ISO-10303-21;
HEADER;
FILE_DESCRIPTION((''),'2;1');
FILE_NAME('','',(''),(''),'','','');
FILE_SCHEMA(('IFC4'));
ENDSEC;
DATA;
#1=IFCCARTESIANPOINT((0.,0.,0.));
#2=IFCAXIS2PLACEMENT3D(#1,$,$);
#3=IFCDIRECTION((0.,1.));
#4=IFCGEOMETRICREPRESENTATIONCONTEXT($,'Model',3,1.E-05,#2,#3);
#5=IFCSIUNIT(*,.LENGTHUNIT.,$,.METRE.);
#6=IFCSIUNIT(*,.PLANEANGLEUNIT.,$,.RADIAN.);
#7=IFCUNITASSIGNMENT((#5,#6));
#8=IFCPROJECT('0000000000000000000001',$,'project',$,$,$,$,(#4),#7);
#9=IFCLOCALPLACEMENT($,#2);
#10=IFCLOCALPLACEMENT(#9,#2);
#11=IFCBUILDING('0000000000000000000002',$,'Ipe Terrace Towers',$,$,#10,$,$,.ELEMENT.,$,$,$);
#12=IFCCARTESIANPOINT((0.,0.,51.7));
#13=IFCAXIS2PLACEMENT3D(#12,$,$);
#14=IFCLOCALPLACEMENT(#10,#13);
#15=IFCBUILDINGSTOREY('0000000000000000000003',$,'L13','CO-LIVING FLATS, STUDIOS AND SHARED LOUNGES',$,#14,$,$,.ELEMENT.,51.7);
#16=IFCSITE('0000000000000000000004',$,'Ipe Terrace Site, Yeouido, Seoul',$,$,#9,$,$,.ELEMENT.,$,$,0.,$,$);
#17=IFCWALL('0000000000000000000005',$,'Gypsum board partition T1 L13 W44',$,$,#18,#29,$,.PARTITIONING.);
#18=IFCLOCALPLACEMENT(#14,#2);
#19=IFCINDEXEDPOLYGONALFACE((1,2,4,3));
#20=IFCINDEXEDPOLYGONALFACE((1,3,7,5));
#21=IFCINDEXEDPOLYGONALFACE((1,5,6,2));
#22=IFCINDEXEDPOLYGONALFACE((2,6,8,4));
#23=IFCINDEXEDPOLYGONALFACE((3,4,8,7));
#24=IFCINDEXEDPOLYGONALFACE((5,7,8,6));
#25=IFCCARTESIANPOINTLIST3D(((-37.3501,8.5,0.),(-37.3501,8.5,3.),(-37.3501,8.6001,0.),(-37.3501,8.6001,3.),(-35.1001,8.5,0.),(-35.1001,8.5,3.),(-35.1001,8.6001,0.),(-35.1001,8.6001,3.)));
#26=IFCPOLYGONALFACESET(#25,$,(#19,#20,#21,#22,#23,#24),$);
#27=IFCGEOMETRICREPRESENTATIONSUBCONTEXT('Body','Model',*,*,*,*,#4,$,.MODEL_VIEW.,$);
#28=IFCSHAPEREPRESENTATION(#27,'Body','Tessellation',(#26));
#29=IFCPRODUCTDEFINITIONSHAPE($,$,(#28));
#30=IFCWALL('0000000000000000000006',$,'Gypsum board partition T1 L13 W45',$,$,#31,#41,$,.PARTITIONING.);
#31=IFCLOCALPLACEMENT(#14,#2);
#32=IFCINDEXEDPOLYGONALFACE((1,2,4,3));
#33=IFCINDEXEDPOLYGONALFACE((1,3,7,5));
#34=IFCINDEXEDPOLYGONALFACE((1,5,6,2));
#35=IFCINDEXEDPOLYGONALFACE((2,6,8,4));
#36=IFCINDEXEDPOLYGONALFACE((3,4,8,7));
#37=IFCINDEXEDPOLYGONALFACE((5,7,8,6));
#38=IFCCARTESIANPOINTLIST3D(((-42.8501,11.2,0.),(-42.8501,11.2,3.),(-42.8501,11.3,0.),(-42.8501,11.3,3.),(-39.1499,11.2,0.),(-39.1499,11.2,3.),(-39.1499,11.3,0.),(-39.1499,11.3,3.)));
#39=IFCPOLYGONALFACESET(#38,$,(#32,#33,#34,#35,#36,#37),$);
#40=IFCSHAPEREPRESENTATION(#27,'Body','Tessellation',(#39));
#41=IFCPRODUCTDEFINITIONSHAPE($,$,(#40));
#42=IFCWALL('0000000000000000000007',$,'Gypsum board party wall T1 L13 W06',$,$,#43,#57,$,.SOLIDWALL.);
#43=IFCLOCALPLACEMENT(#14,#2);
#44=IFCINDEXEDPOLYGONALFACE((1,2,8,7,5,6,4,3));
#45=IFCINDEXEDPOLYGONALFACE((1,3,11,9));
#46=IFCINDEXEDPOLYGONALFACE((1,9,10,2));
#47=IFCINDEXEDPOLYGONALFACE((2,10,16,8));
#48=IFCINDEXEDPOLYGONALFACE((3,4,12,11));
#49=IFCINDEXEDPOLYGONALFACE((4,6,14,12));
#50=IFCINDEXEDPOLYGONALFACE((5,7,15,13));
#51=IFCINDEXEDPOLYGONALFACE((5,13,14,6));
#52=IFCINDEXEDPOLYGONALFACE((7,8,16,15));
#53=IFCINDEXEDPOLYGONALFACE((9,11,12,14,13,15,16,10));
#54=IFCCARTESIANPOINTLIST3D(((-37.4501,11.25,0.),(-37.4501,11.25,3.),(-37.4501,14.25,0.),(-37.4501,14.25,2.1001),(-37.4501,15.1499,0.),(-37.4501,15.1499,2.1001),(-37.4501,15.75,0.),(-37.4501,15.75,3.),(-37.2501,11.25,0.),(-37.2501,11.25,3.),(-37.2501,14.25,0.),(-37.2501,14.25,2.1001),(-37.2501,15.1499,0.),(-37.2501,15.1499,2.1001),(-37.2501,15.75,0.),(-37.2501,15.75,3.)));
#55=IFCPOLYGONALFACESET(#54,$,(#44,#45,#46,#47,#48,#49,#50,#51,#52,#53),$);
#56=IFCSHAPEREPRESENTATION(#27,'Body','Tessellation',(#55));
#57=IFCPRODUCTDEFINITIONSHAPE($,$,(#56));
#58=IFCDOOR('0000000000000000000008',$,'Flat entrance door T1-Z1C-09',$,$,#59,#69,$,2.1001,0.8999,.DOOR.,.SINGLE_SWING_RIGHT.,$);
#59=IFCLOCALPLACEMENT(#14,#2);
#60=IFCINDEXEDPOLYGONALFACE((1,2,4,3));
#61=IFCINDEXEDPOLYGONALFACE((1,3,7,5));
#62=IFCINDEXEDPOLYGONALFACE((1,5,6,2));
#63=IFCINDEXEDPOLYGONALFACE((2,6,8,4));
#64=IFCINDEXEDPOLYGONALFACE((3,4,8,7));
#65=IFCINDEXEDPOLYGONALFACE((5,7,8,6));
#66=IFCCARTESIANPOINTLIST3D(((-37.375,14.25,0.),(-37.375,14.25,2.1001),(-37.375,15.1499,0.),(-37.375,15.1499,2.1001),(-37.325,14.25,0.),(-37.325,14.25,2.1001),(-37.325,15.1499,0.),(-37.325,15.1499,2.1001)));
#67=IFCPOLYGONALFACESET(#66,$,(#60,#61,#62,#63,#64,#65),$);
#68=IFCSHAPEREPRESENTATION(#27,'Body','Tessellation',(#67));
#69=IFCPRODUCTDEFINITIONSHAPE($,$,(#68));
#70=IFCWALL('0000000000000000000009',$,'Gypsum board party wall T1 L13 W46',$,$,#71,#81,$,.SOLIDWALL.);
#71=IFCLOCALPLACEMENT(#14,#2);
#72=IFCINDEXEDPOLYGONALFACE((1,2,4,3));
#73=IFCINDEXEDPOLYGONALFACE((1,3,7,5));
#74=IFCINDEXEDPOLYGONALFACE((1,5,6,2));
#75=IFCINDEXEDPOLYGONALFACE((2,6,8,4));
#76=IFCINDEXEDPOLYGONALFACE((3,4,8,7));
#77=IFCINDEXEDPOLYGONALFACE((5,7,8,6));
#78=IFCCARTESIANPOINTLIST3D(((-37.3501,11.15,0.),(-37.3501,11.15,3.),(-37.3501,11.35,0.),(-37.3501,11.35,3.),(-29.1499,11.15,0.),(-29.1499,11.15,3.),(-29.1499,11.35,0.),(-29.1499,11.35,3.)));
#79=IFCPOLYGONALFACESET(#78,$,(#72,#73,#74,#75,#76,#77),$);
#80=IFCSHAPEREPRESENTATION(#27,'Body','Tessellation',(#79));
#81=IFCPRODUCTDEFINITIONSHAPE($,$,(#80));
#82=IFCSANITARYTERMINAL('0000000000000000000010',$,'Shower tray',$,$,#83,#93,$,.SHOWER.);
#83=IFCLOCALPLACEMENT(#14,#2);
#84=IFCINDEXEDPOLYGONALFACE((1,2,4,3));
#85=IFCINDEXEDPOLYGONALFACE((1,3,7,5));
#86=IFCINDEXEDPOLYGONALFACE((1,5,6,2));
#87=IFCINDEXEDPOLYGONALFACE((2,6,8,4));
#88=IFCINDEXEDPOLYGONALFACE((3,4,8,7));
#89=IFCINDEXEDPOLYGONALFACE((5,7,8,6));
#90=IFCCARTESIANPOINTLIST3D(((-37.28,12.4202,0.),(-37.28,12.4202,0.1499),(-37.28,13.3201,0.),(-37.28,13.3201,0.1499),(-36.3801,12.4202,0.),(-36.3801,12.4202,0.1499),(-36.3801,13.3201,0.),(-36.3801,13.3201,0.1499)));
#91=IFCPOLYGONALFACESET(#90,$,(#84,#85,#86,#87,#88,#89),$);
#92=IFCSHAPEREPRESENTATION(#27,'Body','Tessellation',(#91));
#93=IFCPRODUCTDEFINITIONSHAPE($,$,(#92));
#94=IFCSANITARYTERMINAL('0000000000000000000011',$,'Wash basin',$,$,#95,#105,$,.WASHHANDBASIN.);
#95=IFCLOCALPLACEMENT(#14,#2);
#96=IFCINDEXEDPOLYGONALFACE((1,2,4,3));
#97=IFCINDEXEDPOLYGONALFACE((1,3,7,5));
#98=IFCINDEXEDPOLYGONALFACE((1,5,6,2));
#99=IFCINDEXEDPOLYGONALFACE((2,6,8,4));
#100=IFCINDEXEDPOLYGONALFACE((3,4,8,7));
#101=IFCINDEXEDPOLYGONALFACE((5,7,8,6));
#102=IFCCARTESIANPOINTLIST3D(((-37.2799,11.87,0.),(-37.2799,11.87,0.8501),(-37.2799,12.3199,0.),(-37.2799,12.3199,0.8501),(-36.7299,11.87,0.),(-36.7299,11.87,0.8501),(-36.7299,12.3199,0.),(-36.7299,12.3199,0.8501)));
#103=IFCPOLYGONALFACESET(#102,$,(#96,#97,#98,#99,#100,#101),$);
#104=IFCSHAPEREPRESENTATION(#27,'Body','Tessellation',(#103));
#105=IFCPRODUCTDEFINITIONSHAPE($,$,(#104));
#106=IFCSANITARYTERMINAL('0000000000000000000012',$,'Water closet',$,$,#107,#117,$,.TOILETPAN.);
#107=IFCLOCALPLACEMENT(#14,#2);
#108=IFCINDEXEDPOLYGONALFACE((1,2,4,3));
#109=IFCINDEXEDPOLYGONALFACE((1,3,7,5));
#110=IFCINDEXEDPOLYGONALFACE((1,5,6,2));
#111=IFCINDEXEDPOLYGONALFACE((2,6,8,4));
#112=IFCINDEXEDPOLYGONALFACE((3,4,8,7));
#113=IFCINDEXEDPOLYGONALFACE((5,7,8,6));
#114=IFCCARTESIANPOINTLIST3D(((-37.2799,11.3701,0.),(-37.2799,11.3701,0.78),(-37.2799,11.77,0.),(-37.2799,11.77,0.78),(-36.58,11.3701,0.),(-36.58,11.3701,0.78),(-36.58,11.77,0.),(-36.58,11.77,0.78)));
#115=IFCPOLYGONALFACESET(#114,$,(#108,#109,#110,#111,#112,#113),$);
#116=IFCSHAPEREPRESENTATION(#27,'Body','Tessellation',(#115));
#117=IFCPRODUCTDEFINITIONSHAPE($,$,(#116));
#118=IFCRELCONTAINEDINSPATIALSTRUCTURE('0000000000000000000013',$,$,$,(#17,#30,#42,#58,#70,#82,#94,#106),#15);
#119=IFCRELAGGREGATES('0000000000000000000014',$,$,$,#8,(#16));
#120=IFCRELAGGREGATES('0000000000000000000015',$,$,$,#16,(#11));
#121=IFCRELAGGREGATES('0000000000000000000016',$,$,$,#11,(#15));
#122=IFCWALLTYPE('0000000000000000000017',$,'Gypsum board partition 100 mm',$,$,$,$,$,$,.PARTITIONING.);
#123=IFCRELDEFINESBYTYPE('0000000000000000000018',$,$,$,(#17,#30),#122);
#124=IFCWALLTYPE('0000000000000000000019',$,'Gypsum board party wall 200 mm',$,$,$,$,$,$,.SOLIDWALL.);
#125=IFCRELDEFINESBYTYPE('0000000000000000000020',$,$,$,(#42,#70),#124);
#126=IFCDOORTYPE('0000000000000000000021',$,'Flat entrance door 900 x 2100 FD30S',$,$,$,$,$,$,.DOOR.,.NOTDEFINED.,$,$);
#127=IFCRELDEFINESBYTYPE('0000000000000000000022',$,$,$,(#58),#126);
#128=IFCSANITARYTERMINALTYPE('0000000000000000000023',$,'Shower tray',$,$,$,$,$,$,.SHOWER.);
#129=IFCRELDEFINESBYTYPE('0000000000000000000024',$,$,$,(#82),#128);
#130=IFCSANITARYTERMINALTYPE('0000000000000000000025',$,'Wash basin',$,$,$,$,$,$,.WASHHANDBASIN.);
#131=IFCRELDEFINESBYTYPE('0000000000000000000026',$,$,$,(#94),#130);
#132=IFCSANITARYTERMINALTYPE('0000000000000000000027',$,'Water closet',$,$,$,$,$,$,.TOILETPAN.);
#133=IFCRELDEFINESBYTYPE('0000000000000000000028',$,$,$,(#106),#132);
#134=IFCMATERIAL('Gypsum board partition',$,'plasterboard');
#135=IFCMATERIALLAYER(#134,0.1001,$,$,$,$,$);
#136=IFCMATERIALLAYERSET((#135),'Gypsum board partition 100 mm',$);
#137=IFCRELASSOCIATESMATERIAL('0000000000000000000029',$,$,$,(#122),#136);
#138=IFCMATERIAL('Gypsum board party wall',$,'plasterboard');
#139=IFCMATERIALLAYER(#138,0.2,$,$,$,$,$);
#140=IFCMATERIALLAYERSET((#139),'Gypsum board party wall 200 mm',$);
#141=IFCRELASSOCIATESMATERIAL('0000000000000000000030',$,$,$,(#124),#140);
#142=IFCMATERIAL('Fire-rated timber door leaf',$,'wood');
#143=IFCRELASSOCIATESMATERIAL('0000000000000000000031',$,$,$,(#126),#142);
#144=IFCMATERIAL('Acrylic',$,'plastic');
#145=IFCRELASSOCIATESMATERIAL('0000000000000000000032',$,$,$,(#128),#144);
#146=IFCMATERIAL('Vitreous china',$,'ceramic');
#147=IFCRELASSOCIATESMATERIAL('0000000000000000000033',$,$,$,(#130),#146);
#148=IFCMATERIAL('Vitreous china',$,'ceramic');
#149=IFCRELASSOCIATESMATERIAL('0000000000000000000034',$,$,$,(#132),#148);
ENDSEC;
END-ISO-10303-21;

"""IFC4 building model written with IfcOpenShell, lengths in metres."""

from ifc_helpers import new_model, si_unit, direction, frame, frame_2d, origin, origin_2d, place, context, subcontext, project, spatial, rectangle, extrude, material, layer, layer_set, type_object, element, fill, save


model = new_model("IFC4")

# Units and contexts
model_context = context("Model", 3, precision=1e-05, world=origin(), true_north=direction((0.0, 1.0)))
body_context = subcontext(model_context, "Body", "Model", "MODEL_VIEW")
ifc_project = project(units=[si_unit("LENGTHUNIT", "METRE"), si_unit("PLANEANGLEUNIT", "RADIAN")], contexts=[model_context])

# Site, building, storey
site_placement = place(None, origin())
site = spatial("IfcSite", under=ifc_project, at=site_placement, Name="Ipe Terrace Site, Yeouido, Seoul", CompositionType="ELEMENT", RefElevation=0.0)
building_placement = place(site_placement, origin())
building = spatial("IfcBuilding", under=site, at=building_placement, Name="Ipe Terrace Towers", CompositionType="ELEMENT")
storey_placement = place(building_placement, frame((0.0, 0.0, 51.7)))
storey = spatial("IfcBuildingStorey", under=building, at=storey_placement, Name="L13", Description="CO-LIVING FLATS, STUDIOS AND SHARED LOUNGES", CompositionType="ELEMENT", Elevation=51.7)

# Shared definitions
ifc_material_1 = material(Name="Gypsum board partition", Category="plasterboard")
ifc_layer_1 = layer(ifc_material_1, 0.1001)
ifc_layer_set_1 = layer_set([ifc_layer_1], Name="Gypsum board partition 100 mm")
wall_type_1 = type_object("IfcWallType", Name="Gypsum board partition 100 mm", PredefinedType="PARTITIONING", material=ifc_layer_set_1)

# Walls
wall_1_placement = place(storey_placement, frame((-37.3501, 8.55, 0.0), z_axis=(0.0, 0.0, 1.0), x_axis=(1.0, 0.0, 0.0)))
element("IfcWall", 1, at=wall_1_placement, inside=storey, type_object=wall_type_1, Name="Gypsum board partition T1 L13 W44", PredefinedType="PARTITIONING", context=body_context, shape_type="SweptSolid", body=[
    extrude(rectangle(XDim=2.25, YDim=0.1001, at=frame_2d((1.125, 0.0))), origin(), (0.0, 0.0, 1.0), 3.0),
])
wall_2_placement = place(storey_placement, frame((-42.8501, 11.25, 0.0), z_axis=(0.0, 0.0, 1.0), x_axis=(1.0, 0.0, 0.0)))
element("IfcWall", 2, at=wall_2_placement, inside=storey, type_object=wall_type_1, Name="Gypsum board partition T1 L13 W45", PredefinedType="PARTITIONING", context=body_context, shape_type="SweptSolid", body=[
    extrude(rectangle(XDim=3.7002, YDim=0.1001, at=frame_2d((1.8501, 0.0))), origin(), (0.0, 0.0, 1.0), 3.0),
])

# Wall, opening, door
ifc_material_2 = material(Name="Gypsum board party wall", Category="plasterboard")
ifc_layer_2 = layer(ifc_material_2, 0.2)
ifc_layer_set_2 = layer_set([ifc_layer_2], Name="Gypsum board party wall 200 mm")
wall_type_2 = type_object("IfcWallType", Name="Gypsum board party wall 200 mm", PredefinedType="SOLIDWALL", material=ifc_layer_set_2)
wall_3_placement = place(storey_placement, frame((-37.3501, 11.25, 0.0), z_axis=(0.0, 0.0, 1.0), x_axis=(0.0, 1.0, 0.0)))
wall_3 = element("IfcWall", 3, at=wall_3_placement, inside=storey, type_object=wall_type_2, Name="Gypsum board party wall T1 L13 W06", PredefinedType="SOLIDWALL", context=body_context, shape_type="SweptSolid", body=[
    extrude(rectangle(XDim=4.5, YDim=0.2, at=frame_2d((2.25, 0.0))), origin(), (0.0, 0.0, 1.0), 3.0),
])
opening_1_placement = place(wall_3_placement, frame((3.0, 0.0, 0.0)))
opening_1 = element("IfcOpeningElement", 4, at=opening_1_placement, cuts=wall_3, PredefinedType="OPENING", context=body_context, shape_type="SweptSolid", body=[
    extrude(rectangle(XDim=0.8999, YDim=2.1001, at=frame_2d((0.45, 1.05))), frame((0.0, 0.1099, 0.0), z_axis=(0.0, -1.0, 0.0), x_axis=(1.0, 0.0, 0.0)), (0.0, 0.0, 1.0), 0.22),
])
ifc_material_3 = material(Name="Fire-rated timber door leaf", Category="wood")
door_type_1 = type_object("IfcDoorType", Name="Flat entrance door 900 x 2100 FD30S", OperationType="NOTDEFINED", PredefinedType="DOOR", material=ifc_material_3)
door_1_placement = place(opening_1_placement, origin())
door_1 = element("IfcDoor", 5, at=door_1_placement, inside=storey, type_object=door_type_1, Name="Flat entrance door T1-Z1C-09", OperationType="SINGLE_SWING_RIGHT", OverallHeight=2.1001, OverallWidth=0.8999, PredefinedType="DOOR", context=body_context, shape_type="SweptSolid", body=[
    extrude(rectangle(XDim=0.8999, YDim=2.1001, at=frame_2d((0.45, 1.05))), frame((0.0, 0.0249, 0.0), z_axis=(0.0, -1.0, 0.0), x_axis=(1.0, 0.0, 0.0)), (0.0, 0.0, 1.0), 0.05),
])
fill(opening_1, door_1)

# Wall
wall_4_placement = place(storey_placement, frame((-37.3501, 11.25, 0.0), z_axis=(0.0, 0.0, 1.0), x_axis=(1.0, 0.0, 0.0)))
element("IfcWall", 6, at=wall_4_placement, inside=storey, type_object=wall_type_2, Name="Gypsum board party wall T1 L13 W46", PredefinedType="SOLIDWALL", context=body_context, shape_type="SweptSolid", body=[
    extrude(rectangle(XDim=8.2002, YDim=0.2, at=frame_2d((4.1001, 0.0))), origin(), (0.0, 0.0, 1.0), 3.0),
])

# Sanitary terminals
ifc_material_4 = material(Name="Acrylic", Category="plastic")
sanitary_terminal_type_1 = type_object("IfcSanitaryTerminalType", Name="Shower tray", PredefinedType="SHOWER", material=ifc_material_4)
sanitary_terminal_1_placement = place(storey_placement, frame((-36.8301, 12.8701, 0.0), z_axis=(0.0, 0.0, 1.0), x_axis=(1.0, 0.0, 0.0)))
element("IfcSanitaryTerminal", 7, at=sanitary_terminal_1_placement, inside=storey, type_object=sanitary_terminal_type_1, Name="Shower tray", PredefinedType="SHOWER", context=body_context, shape_type="SweptSolid", body=[
    extrude(rectangle(XDim=0.8999, YDim=0.8999, at=origin_2d()), origin(), (0.0, 0.0, 1.0), 0.1499),
])
ifc_material_5 = material(Name="Vitreous china", Category="ceramic")
sanitary_terminal_type_2 = type_object("IfcSanitaryTerminalType", Name="Wash basin", PredefinedType="WASHHANDBASIN", material=ifc_material_5)
sanitary_terminal_2_placement = place(storey_placement, frame((-37.0049, 12.095, 0.0), z_axis=(0.0, 0.0, 1.0), x_axis=(1.0, 0.0, 0.0)))
element("IfcSanitaryTerminal", 8, at=sanitary_terminal_2_placement, inside=storey, type_object=sanitary_terminal_type_2, Name="Wash basin", PredefinedType="WASHHANDBASIN", context=body_context, shape_type="SweptSolid", body=[
    extrude(rectangle(XDim=0.55, YDim=0.45, at=origin_2d()), origin(), (0.0, 0.0, 1.0), 0.8501),
])
ifc_material_6 = material(Name="Vitreous china", Category="ceramic")
sanitary_terminal_type_3 = type_object("IfcSanitaryTerminalType", Name="Water closet", PredefinedType="TOILETPAN", material=ifc_material_6)
sanitary_terminal_3_placement = place(storey_placement, frame((-36.9299, 11.5701, 0.0), z_axis=(0.0, 0.0, 1.0), x_axis=(1.0, 0.0, 0.0)))
element("IfcSanitaryTerminal", 9, at=sanitary_terminal_3_placement, inside=storey, type_object=sanitary_terminal_type_3, Name="Water closet", PredefinedType="TOILETPAN", context=body_context, shape_type="SweptSolid", body=[
    extrude(rectangle(XDim=0.7, YDim=0.3999, at=origin_2d()), origin(), (0.0, 0.0, 1.0), 0.78),
])

save(model, "model.ifc")
